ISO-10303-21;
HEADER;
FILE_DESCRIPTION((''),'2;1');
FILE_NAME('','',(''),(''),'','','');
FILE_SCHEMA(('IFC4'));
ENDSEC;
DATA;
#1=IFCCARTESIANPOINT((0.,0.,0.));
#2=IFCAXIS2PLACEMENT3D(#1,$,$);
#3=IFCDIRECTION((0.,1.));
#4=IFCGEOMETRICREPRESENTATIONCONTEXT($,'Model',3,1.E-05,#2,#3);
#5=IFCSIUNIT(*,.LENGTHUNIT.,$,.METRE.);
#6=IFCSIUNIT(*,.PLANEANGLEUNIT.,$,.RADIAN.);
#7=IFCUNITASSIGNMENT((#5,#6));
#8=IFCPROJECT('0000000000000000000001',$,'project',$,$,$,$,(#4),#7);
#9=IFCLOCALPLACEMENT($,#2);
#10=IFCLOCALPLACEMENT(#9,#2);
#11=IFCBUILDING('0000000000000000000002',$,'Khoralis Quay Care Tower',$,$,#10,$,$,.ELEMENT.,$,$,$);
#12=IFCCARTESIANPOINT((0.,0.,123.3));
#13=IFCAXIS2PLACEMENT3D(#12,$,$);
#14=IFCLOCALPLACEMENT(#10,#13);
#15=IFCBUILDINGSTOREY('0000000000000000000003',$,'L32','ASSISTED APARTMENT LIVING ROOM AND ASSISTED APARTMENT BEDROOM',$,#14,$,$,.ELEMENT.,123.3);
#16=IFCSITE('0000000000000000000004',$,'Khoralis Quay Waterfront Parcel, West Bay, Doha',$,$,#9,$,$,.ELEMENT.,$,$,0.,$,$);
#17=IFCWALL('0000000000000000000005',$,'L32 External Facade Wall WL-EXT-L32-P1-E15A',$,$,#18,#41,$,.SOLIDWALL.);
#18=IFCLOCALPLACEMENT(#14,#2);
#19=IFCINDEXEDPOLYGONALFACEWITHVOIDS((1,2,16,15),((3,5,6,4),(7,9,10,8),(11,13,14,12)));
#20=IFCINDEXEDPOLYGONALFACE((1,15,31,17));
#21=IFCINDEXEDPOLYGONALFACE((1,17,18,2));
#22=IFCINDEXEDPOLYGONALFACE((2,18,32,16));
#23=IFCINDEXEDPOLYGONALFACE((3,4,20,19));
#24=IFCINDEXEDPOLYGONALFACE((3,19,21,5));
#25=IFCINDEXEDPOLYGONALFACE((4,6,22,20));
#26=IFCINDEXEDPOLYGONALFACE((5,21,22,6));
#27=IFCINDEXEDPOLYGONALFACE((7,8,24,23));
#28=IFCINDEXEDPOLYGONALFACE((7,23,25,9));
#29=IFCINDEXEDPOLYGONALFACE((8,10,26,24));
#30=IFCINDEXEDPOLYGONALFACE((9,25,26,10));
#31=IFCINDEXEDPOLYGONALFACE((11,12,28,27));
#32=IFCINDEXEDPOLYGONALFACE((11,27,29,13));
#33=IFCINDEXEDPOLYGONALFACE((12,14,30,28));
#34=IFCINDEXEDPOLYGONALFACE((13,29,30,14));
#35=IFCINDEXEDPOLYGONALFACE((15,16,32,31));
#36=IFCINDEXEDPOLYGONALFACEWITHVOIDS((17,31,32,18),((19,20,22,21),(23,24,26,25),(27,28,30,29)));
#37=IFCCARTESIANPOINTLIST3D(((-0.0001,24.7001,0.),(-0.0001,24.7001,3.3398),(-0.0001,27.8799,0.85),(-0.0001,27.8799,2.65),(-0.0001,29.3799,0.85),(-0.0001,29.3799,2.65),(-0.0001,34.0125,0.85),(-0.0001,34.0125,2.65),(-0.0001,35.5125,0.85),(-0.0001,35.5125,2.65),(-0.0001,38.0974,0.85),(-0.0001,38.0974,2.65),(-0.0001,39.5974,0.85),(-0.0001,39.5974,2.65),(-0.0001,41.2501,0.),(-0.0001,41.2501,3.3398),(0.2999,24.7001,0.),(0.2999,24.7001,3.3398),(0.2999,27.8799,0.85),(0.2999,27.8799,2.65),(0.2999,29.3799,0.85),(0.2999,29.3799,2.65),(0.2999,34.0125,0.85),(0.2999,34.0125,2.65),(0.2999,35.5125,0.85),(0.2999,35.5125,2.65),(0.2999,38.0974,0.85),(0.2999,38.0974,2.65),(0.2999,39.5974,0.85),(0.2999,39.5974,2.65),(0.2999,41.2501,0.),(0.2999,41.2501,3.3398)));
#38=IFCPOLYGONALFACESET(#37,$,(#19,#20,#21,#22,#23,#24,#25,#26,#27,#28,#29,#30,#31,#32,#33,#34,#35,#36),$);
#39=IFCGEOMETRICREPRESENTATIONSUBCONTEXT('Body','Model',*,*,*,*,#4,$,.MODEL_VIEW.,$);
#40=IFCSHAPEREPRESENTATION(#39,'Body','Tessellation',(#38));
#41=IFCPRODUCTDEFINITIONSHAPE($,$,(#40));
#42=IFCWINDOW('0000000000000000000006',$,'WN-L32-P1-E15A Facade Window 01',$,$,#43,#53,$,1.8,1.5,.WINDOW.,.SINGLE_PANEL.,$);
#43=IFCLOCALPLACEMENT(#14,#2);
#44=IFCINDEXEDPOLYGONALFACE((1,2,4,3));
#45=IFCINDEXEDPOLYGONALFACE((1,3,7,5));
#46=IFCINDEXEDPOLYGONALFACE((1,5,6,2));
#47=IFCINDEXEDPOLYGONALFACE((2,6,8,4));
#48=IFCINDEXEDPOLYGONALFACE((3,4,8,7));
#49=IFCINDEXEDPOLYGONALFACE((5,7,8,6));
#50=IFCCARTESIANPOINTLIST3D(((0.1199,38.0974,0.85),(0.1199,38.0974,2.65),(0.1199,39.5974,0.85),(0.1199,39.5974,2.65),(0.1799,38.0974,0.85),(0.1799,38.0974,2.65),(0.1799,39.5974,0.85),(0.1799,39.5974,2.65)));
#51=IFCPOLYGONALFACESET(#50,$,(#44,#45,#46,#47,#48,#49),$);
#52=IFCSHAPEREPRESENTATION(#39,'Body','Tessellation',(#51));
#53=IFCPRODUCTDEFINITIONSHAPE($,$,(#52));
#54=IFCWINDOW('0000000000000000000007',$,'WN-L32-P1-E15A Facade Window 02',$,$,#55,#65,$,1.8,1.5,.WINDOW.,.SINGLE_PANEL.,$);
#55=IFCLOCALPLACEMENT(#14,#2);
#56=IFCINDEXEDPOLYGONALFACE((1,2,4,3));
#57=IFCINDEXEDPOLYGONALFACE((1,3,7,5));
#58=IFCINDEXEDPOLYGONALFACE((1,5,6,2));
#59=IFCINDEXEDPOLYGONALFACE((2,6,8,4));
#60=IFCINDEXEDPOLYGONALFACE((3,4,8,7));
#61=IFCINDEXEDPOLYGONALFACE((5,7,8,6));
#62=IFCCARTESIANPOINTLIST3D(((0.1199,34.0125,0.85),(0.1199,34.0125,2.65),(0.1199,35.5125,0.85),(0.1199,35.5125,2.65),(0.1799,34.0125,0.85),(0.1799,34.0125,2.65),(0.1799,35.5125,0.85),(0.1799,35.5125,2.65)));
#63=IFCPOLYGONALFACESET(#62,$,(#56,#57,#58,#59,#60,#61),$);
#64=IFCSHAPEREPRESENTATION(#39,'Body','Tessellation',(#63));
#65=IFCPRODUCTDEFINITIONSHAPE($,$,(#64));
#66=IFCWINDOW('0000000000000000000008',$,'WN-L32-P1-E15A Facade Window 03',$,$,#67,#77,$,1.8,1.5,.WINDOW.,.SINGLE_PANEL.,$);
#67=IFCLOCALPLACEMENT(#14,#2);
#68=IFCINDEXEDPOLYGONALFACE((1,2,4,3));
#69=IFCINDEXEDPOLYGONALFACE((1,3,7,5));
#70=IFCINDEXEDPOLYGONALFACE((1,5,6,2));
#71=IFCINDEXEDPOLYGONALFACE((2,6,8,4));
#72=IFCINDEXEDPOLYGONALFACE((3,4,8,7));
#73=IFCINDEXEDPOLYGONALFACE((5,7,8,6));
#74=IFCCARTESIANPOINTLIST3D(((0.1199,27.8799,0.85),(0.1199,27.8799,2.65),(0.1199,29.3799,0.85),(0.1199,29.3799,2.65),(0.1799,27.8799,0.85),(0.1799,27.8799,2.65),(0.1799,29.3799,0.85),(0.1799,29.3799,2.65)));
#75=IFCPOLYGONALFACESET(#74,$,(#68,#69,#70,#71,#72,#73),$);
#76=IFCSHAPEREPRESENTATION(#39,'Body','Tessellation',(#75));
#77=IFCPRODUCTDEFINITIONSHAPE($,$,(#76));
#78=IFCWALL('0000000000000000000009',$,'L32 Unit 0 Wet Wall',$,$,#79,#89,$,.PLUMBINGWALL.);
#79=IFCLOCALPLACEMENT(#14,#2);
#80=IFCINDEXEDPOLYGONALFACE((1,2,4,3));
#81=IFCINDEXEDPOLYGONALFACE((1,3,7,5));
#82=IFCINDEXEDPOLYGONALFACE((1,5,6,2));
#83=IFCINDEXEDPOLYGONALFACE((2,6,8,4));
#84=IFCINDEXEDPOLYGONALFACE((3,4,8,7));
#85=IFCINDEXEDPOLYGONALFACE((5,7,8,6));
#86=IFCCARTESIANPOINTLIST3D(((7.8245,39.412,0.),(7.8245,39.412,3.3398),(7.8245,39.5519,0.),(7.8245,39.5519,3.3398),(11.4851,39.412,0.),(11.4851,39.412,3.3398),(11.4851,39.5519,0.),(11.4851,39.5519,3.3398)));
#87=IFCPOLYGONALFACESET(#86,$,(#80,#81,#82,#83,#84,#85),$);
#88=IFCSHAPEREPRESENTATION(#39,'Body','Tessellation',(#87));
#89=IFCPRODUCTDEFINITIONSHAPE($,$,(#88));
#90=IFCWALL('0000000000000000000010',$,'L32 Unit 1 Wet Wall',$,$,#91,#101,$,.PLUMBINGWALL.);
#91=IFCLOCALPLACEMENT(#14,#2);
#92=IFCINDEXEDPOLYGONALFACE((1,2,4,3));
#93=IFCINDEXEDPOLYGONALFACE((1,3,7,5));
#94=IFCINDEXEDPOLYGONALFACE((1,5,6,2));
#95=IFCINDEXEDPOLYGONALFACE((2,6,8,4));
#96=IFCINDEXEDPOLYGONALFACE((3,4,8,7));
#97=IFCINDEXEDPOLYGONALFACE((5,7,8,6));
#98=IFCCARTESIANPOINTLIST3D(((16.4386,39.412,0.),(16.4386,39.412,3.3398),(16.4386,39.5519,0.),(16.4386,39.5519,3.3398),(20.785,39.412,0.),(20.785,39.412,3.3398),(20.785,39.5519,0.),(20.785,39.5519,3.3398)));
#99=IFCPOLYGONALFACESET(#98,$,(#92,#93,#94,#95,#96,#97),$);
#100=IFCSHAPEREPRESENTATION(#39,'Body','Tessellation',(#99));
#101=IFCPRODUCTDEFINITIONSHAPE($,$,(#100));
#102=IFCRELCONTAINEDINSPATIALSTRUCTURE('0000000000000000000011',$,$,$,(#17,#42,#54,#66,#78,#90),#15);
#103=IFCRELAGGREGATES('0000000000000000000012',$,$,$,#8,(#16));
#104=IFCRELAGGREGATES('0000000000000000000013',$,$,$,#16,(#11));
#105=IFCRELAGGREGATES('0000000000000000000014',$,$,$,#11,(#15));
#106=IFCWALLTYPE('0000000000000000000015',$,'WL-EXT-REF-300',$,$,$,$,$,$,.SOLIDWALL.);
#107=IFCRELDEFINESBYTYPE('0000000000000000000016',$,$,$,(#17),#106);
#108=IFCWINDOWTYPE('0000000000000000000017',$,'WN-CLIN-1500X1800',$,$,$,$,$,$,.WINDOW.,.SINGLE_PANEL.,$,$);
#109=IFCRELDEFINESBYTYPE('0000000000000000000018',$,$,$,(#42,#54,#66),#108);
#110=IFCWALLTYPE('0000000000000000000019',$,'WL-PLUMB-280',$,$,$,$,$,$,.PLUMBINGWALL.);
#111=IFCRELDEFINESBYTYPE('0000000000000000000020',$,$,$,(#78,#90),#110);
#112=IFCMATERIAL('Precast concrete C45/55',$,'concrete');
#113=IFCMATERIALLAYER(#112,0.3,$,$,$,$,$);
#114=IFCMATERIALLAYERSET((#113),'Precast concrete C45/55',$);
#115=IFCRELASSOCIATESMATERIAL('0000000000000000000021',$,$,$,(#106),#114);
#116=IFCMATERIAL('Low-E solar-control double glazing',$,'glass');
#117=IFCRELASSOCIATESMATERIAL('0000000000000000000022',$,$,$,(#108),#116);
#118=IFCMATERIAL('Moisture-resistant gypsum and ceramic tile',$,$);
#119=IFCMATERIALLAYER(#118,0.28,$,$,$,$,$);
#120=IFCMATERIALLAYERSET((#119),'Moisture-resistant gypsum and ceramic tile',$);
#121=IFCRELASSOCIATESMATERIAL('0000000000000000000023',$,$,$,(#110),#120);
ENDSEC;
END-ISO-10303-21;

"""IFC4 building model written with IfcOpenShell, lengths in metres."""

from ifc_helpers import new_model, si_unit, direction, frame, frame_2d, origin, place, context, subcontext, project, spatial, rectangle, extrude, source, transform, mapped, material, layer, layer_set, type_object, element, fill, save


model = new_model("IFC4")

# Units and contexts
model_context = context("Model", 3, precision=1e-05, world=origin(), true_north=direction((0.0, 1.0)))
body_context = subcontext(model_context, "Body", "Model", "MODEL_VIEW")
ifc_project = project(units=[si_unit("LENGTHUNIT", "METRE"), si_unit("PLANEANGLEUNIT", "RADIAN")], contexts=[model_context])

# Site, building, storey
site_placement = place(None, origin())
site = spatial("IfcSite", under=ifc_project, at=site_placement, Name="Khoralis Quay Waterfront Parcel, West Bay, Doha", CompositionType="ELEMENT", RefElevation=0.0)
building_placement = place(site_placement, origin())
building = spatial("IfcBuilding", under=site, at=building_placement, Name="Khoralis Quay Care Tower", CompositionType="ELEMENT")
storey_placement = place(building_placement, frame((0.0, 0.0, 123.3)))
storey = spatial("IfcBuildingStorey", under=building, at=storey_placement, Name="L32", Description="ASSISTED APARTMENT LIVING ROOM AND ASSISTED APARTMENT BEDROOM", CompositionType="ELEMENT", Elevation=123.3)

# Shared definitions
ifc_material_1 = material(Name="Precast concrete C45/55", Category="concrete")
ifc_layer_1 = layer(ifc_material_1, 0.3)
ifc_layer_set_1 = layer_set([ifc_layer_1], Name="Precast concrete C45/55")
wall_type_1 = type_object("IfcWallType", Name="WL-EXT-REF-300", PredefinedType="SOLIDWALL", material=ifc_layer_set_1)

# Wall, openings, windows
wall_1_placement = place(storey_placement, frame((0.1499, 41.25, 0.0), z_axis=(0.0, 0.0, 1.0), x_axis=(0.0, -1.0, 0.0)))
wall_1 = element("IfcWall", 1, at=wall_1_placement, inside=storey, type_object=wall_type_1, Name="L32 External Facade Wall WL-EXT-L32-P1-E15A", PredefinedType="SOLIDWALL", context=body_context, shape_type="SweptSolid", body=[
    extrude(rectangle(XDim=16.55, YDim=0.3, at=frame_2d((8.2749, 0.0))), origin(), (0.0, 0.0, 1.0), 3.3398),
])
opening_1_placement = place(wall_1_placement, frame((1.6526, 0.0, 0.8501)))
opening_1 = element("IfcOpeningElement", 2, at=opening_1_placement, cuts=wall_1, PredefinedType="OPENING", context=body_context, shape_type="SweptSolid", body=[
    extrude(rectangle(XDim=1.5, YDim=1.8, at=frame_2d((0.75, 0.8999))), frame((0.0, 0.1602, 0.0), z_axis=(0.0, -1.0, 0.0), x_axis=(1.0, 0.0, 0.0)), (0.0, 0.0, 1.0), 0.3201),
])
opening_2_placement = place(wall_1_placement, frame((5.7375, 0.0, 0.8501)))
opening_2 = element("IfcOpeningElement", 3, at=opening_2_placement, cuts=wall_1, PredefinedType="OPENING", context=body_context, shape_type="SweptSolid", body=[
    extrude(rectangle(XDim=1.5, YDim=1.8, at=frame_2d((0.75, 0.8999))), frame((0.0, 0.1602, 0.0), z_axis=(0.0, -1.0, 0.0), x_axis=(1.0, 0.0, 0.0)), (0.0, 0.0, 1.0), 0.3201),
])
opening_3_placement = place(wall_1_placement, frame((11.8701, 0.0, 0.8501)))
opening_3 = element("IfcOpeningElement", 4, at=opening_3_placement, cuts=wall_1, PredefinedType="OPENING", context=body_context, shape_type="SweptSolid", body=[
    extrude(rectangle(XDim=1.5, YDim=1.8, at=frame_2d((0.75, 0.8999))), frame((0.0, 0.1602, 0.0), z_axis=(0.0, -1.0, 0.0), x_axis=(1.0, 0.0, 0.0)), (0.0, 0.0, 1.0), 0.3201),
])
ifc_material_2 = material(Name="Low-E solar-control double glazing", Category="glass")
window_type = type_object("IfcWindowType", Name="WN-CLIN-1500X1800", PartitioningType="SINGLE_PANEL", PredefinedType="WINDOW", material=ifc_material_2)
shared_shape_1 = source(origin(), body_context, "Body", "SweptSolid", [
    extrude(rectangle(XDim=1.5, YDim=1.8, at=frame_2d((0.75, 0.8999))), frame((0.0, 0.03, 0.0), z_axis=(0.0, -1.0, 0.0), x_axis=(1.0, 0.0, 0.0)), (0.0, 0.0, 1.0), 0.0601),
])
window_1_placement = place(opening_1_placement, origin())
window_1 = element("IfcWindow", 5, at=window_1_placement, inside=storey, type_object=window_type, Name="WN-L32-P1-E15A Facade Window 01", OverallHeight=1.8, OverallWidth=1.5, PartitioningType="SINGLE_PANEL", PredefinedType="WINDOW", context=body_context, shape_type="MappedRepresentation", body=[
    mapped(shared_shape_1, transform((0.0, 0.0, 0.0), scale=1.0)),
])
fill(opening_1, window_1)
window_2_placement = place(opening_2_placement, origin())
window_2 = element("IfcWindow", 6, at=window_2_placement, inside=storey, type_object=window_type, Name="WN-L32-P1-E15A Facade Window 02", OverallHeight=1.8, OverallWidth=1.5, PartitioningType="SINGLE_PANEL", PredefinedType="WINDOW", context=body_context, shape_type="MappedRepresentation", body=[
    mapped(shared_shape_1, transform((0.0, 0.0, 0.0), scale=1.0)),
])
fill(opening_2, window_2)
window_3_placement = place(opening_3_placement, origin())
window_3 = element("IfcWindow", 7, at=window_3_placement, inside=storey, type_object=window_type, Name="WN-L32-P1-E15A Facade Window 03", OverallHeight=1.8, OverallWidth=1.5, PartitioningType="SINGLE_PANEL", PredefinedType="WINDOW", context=body_context, shape_type="MappedRepresentation", body=[
    mapped(shared_shape_1, transform((0.0, 0.0, 0.0), scale=1.0)),
])
fill(opening_3, window_3)

# Walls
ifc_material_3 = material(Name="Moisture-resistant gypsum and ceramic tile")
ifc_layer_2 = layer(ifc_material_3, 0.28)
ifc_layer_set_2 = layer_set([ifc_layer_2], Name="Moisture-resistant gypsum and ceramic tile")
wall_type_2 = type_object("IfcWallType", Name="WL-PLUMB-280", PredefinedType="PLUMBINGWALL", material=ifc_layer_set_2)
wall_2_placement = place(storey_placement, frame((7.8245, 39.4819, 0.0), z_axis=(0.0, 0.0, 1.0), x_axis=(1.0, 0.0, 0.0)))
element("IfcWall", 8, at=wall_2_placement, inside=storey, type_object=wall_type_2, Name="L32 Unit 0 Wet Wall", PredefinedType="PLUMBINGWALL", context=body_context, shape_type="SweptSolid", body=[
    extrude(rectangle(XDim=3.6606, YDim=0.1399, at=frame_2d((1.8303, 0.0))), origin(), (0.0, 0.0, 1.0), 3.3398),
])
wall_3_placement = place(storey_placement, frame((16.4385, 39.4819, 0.0), z_axis=(0.0, 0.0, 1.0), x_axis=(1.0, 0.0, 0.0)))
element("IfcWall", 9, at=wall_3_placement, inside=storey, type_object=wall_type_2, Name="L32 Unit 1 Wet Wall", PredefinedType="PLUMBINGWALL", context=body_context, shape_type="SweptSolid", body=[
    extrude(rectangle(XDim=4.3464, YDim=0.1399, at=frame_2d((2.1733, 0.0))), origin(), (0.0, 0.0, 1.0), 3.3398),
])

save(model, "model.ifc")
